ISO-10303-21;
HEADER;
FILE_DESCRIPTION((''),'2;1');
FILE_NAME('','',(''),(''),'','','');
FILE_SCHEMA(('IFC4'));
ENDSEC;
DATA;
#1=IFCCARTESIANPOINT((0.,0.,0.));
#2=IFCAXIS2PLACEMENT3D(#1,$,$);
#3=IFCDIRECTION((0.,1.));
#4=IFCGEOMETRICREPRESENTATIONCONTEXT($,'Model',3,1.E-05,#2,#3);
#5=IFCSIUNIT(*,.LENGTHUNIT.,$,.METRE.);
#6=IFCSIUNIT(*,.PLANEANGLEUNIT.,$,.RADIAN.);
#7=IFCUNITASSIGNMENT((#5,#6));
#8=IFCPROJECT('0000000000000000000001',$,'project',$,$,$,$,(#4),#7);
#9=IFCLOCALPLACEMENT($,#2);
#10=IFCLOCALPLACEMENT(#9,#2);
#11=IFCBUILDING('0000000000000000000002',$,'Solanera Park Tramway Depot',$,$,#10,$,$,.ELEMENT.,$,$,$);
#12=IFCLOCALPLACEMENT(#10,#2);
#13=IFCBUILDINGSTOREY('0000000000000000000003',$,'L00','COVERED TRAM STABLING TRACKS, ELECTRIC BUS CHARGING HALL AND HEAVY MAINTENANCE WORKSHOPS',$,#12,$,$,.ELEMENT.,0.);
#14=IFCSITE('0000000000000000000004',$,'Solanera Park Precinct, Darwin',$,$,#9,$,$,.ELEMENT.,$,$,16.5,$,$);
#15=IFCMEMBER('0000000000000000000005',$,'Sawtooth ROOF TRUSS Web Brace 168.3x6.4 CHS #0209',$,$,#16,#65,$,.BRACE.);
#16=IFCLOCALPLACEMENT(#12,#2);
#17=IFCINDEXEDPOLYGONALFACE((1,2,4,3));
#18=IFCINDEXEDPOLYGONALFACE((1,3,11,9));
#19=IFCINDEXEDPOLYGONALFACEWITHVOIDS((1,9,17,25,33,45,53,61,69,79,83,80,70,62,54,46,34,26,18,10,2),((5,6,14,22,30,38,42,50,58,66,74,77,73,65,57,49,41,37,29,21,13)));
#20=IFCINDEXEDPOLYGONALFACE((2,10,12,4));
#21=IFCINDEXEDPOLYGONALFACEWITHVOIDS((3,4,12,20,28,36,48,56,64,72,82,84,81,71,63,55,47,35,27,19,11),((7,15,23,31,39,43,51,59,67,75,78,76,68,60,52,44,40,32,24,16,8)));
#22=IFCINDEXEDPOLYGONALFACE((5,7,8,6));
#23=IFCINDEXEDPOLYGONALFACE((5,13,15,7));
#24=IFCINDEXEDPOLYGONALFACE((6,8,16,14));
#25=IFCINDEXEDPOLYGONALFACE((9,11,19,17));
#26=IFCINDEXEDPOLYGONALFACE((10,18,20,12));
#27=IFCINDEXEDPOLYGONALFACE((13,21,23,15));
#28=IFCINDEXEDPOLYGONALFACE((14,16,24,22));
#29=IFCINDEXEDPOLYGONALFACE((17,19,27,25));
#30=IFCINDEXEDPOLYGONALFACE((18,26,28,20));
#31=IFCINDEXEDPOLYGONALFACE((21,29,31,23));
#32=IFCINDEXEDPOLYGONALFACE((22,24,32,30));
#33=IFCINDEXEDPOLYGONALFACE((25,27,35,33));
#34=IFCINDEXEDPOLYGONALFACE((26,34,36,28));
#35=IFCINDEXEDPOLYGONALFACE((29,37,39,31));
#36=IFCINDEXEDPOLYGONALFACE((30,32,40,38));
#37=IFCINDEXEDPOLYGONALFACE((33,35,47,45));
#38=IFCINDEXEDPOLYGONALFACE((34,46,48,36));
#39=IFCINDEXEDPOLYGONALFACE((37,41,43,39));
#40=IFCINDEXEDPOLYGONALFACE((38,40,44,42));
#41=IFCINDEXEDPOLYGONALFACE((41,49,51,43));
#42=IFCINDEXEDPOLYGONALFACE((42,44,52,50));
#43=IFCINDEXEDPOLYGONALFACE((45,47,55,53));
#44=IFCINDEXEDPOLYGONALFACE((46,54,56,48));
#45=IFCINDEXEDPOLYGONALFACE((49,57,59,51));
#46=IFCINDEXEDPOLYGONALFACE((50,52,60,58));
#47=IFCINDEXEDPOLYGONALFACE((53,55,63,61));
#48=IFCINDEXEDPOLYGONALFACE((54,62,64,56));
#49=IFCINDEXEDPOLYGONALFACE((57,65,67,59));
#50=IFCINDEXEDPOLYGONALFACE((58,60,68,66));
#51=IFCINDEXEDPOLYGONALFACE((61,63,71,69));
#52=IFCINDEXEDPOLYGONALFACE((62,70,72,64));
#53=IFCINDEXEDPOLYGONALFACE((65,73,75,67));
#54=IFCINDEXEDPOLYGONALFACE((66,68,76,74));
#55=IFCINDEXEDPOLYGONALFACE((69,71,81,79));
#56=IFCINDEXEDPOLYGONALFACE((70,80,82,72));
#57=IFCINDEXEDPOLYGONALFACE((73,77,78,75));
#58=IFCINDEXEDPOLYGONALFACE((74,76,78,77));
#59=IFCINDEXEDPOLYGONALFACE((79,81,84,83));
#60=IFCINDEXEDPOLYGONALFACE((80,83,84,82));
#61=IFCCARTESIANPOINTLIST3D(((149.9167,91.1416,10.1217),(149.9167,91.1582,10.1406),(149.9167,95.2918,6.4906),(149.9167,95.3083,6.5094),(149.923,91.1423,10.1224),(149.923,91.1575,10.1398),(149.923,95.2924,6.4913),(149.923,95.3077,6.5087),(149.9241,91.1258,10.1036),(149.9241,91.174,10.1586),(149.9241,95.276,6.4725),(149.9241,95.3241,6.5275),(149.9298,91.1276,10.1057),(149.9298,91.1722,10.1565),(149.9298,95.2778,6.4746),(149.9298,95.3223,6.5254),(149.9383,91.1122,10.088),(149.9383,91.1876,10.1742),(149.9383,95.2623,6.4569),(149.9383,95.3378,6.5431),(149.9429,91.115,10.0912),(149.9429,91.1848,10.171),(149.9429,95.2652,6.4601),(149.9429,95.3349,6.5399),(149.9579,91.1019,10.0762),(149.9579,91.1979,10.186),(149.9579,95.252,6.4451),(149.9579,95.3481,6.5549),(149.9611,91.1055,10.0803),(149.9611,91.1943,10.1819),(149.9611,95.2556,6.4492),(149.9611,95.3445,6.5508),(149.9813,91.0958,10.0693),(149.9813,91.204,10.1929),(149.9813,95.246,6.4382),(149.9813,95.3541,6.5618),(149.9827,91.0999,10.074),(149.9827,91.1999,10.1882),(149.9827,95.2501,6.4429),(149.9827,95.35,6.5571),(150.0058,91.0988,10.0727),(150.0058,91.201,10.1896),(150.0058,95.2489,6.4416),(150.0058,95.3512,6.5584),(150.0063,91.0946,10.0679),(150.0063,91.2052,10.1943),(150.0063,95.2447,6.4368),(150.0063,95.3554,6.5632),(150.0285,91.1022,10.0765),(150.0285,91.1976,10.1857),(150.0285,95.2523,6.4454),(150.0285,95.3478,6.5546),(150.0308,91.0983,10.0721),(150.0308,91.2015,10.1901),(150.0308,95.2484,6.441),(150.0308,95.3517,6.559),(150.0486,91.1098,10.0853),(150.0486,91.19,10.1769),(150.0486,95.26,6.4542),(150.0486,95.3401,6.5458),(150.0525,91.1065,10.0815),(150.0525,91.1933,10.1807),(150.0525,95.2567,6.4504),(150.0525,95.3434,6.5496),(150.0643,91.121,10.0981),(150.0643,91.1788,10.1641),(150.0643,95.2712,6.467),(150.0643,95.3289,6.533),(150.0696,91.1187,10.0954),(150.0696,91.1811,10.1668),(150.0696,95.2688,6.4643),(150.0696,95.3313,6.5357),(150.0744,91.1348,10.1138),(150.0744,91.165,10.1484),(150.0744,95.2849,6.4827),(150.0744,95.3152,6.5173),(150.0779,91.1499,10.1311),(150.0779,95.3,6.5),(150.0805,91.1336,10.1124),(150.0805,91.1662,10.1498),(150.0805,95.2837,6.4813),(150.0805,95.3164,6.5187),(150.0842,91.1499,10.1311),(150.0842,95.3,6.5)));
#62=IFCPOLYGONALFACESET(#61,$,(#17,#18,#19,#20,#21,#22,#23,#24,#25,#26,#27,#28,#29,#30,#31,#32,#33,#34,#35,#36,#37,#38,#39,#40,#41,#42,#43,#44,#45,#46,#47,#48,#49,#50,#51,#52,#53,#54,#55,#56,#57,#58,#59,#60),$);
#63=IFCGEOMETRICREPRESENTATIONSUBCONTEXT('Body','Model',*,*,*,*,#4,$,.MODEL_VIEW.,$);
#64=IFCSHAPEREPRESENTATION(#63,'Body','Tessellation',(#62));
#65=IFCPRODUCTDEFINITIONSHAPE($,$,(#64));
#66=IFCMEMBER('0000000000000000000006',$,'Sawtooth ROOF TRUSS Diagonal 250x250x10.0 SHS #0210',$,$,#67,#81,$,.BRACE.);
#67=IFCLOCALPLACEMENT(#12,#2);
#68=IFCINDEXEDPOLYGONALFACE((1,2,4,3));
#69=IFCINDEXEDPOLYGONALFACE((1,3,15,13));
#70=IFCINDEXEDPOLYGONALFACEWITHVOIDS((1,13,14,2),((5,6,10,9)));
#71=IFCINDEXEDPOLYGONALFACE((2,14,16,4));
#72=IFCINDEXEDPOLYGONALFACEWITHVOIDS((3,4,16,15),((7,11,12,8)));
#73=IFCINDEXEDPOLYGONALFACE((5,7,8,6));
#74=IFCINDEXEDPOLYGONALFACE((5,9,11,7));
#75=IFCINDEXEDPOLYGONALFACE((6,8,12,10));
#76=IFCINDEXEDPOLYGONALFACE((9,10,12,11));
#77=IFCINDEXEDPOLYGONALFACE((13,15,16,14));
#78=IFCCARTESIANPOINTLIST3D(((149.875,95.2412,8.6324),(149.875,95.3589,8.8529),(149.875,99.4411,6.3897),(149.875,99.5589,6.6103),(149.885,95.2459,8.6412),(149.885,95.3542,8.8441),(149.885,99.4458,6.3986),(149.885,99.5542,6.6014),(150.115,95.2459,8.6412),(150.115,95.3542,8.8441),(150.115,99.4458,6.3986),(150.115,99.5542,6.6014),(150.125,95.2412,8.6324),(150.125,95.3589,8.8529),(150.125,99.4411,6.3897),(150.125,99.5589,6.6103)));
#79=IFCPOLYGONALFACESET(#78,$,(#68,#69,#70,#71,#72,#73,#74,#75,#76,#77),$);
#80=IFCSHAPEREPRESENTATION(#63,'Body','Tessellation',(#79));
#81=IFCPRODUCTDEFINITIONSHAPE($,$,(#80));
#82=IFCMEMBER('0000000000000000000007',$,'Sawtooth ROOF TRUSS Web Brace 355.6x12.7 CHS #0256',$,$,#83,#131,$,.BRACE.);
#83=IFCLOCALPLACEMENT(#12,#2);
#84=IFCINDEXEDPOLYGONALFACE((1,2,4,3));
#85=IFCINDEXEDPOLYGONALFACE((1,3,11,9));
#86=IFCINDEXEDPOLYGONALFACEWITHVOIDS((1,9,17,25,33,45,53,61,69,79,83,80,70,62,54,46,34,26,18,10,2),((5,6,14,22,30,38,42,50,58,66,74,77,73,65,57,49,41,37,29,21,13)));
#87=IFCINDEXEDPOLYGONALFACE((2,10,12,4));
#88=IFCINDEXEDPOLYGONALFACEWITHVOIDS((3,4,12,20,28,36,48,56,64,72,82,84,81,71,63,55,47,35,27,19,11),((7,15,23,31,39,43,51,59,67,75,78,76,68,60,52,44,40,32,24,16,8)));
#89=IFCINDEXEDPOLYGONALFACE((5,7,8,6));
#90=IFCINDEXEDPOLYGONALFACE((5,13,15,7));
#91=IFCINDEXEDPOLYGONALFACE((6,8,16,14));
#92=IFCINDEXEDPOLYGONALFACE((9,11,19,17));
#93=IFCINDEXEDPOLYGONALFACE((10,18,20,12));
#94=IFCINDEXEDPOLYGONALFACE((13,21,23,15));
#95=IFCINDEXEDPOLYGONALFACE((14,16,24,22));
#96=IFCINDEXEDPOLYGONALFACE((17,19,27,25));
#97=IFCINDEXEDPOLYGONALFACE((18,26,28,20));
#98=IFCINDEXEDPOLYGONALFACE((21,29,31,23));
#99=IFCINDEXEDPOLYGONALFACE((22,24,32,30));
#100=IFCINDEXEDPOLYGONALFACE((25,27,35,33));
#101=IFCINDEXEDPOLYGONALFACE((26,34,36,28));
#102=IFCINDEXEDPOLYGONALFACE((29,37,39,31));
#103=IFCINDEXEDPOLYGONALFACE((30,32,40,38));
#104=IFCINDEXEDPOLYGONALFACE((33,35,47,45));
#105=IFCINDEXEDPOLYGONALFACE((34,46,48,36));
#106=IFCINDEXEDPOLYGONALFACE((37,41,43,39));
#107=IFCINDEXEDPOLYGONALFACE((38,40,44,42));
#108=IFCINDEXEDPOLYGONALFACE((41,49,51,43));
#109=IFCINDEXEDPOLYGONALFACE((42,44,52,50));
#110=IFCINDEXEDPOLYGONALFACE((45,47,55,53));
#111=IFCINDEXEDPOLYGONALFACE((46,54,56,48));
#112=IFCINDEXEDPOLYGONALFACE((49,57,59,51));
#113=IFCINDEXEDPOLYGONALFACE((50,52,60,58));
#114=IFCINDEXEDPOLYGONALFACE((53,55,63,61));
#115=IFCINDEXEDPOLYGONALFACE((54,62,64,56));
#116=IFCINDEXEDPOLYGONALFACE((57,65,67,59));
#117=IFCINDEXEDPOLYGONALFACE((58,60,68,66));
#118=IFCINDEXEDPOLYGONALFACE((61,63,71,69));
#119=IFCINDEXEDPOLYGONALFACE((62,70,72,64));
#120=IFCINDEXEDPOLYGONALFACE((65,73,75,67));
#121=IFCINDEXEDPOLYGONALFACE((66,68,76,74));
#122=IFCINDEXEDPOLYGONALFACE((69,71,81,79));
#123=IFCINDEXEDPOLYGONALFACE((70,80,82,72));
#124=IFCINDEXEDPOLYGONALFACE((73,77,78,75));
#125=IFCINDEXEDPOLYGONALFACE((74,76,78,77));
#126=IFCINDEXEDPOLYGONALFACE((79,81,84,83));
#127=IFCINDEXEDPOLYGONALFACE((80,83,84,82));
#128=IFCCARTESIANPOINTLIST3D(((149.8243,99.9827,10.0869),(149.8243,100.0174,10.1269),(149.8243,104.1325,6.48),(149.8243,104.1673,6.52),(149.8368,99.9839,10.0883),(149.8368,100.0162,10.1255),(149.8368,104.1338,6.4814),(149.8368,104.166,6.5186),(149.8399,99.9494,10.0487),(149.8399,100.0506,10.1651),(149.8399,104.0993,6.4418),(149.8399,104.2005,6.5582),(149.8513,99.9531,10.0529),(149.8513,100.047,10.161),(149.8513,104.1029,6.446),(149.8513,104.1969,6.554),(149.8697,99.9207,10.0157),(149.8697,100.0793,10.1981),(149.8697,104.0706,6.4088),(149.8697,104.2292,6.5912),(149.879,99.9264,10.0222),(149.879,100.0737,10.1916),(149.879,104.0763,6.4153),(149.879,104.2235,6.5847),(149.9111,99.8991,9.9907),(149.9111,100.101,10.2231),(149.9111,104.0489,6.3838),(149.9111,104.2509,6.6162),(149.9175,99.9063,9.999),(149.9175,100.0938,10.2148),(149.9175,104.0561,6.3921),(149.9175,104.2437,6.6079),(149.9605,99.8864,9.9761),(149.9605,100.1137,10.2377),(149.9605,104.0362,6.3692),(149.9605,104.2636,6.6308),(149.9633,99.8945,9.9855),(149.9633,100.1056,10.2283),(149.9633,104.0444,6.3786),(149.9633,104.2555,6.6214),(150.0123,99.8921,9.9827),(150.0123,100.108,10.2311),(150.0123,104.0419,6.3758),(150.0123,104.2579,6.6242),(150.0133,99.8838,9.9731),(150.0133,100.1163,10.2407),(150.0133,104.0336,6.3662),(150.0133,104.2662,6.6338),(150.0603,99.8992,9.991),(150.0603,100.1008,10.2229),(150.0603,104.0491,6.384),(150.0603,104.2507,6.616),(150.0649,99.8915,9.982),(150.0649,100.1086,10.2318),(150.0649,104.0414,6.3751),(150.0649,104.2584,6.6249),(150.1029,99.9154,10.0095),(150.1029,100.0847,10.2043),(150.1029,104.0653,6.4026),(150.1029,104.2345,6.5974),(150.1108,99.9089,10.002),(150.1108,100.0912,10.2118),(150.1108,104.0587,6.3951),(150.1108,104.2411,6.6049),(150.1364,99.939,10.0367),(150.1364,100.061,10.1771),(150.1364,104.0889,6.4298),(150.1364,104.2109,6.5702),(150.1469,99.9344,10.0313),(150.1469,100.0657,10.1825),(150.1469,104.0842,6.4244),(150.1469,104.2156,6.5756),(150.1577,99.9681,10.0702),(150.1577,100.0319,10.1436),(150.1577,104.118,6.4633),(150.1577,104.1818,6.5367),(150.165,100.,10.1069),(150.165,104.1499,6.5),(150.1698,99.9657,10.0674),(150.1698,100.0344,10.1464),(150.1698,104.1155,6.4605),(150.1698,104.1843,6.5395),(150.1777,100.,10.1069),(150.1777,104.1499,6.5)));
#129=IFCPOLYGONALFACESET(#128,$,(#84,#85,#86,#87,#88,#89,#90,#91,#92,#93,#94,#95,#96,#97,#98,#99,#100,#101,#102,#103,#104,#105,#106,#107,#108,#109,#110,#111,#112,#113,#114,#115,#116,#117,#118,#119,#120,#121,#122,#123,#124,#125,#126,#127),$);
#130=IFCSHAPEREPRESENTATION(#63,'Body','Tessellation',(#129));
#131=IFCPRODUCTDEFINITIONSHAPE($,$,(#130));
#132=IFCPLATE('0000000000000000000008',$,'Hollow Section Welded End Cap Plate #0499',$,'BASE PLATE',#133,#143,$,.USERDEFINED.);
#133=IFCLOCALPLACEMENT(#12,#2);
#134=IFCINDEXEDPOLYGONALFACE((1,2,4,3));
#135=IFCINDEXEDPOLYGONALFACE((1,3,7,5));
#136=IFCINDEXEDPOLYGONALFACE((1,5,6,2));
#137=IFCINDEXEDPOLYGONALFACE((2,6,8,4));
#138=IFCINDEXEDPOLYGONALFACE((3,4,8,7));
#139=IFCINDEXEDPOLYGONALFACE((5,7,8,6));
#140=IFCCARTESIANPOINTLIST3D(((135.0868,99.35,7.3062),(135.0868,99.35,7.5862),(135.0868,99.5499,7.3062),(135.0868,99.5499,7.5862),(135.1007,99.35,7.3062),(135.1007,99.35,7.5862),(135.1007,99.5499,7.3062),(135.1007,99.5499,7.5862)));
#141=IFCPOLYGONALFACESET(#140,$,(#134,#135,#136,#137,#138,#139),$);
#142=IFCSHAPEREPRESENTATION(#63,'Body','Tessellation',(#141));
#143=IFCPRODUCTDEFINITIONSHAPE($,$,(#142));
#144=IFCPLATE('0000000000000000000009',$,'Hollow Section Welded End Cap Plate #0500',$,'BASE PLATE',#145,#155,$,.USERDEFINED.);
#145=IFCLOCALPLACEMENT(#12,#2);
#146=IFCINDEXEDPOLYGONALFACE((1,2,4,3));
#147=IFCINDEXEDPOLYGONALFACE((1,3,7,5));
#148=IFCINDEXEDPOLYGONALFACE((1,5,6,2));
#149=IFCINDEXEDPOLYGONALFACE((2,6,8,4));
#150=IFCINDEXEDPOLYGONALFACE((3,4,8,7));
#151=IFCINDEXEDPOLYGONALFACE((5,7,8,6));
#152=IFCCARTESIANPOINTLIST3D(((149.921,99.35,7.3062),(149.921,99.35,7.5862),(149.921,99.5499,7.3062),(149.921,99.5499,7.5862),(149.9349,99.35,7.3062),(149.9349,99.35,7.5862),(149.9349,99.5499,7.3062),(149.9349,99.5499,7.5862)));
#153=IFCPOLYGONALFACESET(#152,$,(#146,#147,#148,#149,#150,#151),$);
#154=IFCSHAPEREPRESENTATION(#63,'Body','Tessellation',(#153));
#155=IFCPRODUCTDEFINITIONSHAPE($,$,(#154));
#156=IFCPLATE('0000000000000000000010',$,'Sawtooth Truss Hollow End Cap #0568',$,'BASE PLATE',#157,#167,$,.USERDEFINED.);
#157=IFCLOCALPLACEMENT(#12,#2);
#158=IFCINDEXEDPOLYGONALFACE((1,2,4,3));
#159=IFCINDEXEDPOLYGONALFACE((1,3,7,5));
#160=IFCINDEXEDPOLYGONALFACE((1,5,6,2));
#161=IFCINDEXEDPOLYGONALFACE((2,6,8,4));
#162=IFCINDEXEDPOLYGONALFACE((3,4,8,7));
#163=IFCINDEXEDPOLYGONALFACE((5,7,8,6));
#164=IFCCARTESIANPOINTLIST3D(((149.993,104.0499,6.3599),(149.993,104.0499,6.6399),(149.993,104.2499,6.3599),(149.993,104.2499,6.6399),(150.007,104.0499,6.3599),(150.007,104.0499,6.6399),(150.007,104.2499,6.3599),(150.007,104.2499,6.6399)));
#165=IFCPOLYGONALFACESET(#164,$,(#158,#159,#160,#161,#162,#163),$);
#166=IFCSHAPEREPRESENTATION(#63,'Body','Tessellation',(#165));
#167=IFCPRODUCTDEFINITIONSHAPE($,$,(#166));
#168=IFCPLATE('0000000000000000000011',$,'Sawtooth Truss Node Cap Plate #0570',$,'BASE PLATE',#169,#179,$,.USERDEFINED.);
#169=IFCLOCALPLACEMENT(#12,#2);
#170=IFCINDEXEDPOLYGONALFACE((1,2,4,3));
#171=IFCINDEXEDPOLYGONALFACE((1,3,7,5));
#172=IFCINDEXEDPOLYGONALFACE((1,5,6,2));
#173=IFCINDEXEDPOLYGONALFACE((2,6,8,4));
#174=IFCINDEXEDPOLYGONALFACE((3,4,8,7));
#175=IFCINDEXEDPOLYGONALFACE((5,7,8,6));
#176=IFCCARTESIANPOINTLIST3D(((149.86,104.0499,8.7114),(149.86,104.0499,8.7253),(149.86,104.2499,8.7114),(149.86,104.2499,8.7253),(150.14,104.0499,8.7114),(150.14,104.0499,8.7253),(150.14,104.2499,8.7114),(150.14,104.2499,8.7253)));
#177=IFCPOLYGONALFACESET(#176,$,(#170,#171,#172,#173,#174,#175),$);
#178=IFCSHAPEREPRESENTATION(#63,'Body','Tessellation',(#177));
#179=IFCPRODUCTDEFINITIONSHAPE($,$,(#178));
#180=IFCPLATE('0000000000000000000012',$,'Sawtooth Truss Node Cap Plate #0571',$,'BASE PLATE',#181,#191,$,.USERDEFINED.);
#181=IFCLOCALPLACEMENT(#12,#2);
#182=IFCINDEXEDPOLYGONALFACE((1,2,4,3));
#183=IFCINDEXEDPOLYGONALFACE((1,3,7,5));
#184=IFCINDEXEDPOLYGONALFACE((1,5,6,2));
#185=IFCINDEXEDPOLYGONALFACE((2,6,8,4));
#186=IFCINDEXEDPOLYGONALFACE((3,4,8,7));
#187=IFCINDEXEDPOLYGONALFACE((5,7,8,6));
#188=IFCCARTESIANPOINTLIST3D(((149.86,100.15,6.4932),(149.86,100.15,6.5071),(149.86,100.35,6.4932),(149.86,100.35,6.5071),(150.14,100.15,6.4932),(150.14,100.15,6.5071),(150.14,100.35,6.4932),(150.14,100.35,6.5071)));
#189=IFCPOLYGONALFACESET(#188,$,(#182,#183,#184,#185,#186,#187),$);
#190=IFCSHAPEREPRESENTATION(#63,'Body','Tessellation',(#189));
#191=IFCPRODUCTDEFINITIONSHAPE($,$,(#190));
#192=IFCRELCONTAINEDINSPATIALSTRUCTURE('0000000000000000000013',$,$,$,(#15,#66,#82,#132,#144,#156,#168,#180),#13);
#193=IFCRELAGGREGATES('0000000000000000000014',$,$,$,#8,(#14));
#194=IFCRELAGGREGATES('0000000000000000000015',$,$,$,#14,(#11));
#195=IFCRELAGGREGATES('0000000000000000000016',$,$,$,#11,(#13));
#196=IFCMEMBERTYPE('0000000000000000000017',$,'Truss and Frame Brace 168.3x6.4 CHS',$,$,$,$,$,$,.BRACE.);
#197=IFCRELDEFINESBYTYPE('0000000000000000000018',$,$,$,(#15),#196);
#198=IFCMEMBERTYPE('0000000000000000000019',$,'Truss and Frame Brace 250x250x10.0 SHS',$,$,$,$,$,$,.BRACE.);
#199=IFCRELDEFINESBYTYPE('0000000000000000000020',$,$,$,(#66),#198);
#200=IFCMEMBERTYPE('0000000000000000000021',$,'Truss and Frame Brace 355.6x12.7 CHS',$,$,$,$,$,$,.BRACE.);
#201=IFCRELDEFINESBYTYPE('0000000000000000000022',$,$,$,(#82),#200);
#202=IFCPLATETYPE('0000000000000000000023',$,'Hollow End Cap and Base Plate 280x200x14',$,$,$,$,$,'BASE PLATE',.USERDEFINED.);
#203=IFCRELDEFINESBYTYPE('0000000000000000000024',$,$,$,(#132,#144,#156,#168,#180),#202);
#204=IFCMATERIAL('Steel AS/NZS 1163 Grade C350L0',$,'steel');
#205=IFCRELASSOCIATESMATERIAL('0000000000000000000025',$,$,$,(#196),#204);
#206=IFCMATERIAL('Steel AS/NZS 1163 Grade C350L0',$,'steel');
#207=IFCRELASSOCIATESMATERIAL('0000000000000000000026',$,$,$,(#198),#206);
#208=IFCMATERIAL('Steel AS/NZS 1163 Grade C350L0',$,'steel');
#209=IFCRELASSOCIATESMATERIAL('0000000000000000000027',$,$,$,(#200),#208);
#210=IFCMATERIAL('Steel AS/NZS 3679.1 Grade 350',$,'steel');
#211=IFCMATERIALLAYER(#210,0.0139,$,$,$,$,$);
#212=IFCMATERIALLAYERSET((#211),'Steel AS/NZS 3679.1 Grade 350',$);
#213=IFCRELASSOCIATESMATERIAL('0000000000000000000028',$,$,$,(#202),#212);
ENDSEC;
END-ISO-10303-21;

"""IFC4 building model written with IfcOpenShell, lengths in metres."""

from ifc_helpers import new_model, si_unit, direction, frame, origin, origin_2d, place, context, subcontext, project, spatial, rectangle, hollow_rectangle, hollow_circle, extrude, material, layer, layer_set, material_profile, profile_set, type_object, element, save


model = new_model("IFC4")

# Units and contexts
model_context = context("Model", 3, precision=1e-05, world=origin(), true_north=direction((0.0, 1.0)))
body_context = subcontext(model_context, "Body", "Model", "MODEL_VIEW")
ifc_project = project(units=[si_unit("LENGTHUNIT", "METRE"), si_unit("PLANEANGLEUNIT", "RADIAN")], contexts=[model_context])

# Site, building, storey
site_placement = place(None, origin())
site = spatial("IfcSite", under=ifc_project, at=site_placement, Name="Solanera Park Precinct, Darwin", CompositionType="ELEMENT", RefElevation=16.5)
building_placement = place(site_placement, origin())
building = spatial("IfcBuilding", under=site, at=building_placement, Name="Solanera Park Tramway Depot", CompositionType="ELEMENT")
storey_placement = place(building_placement, origin())
storey = spatial("IfcBuildingStorey", under=building, at=storey_placement, Name="L00", Description="COVERED TRAM STABLING TRACKS, ELECTRIC BUS CHARGING HALL AND HEAVY MAINTENANCE WORKSHOPS", CompositionType="ELEMENT", Elevation=0.0)

# Members
ifc_material_1 = material(Name="Steel AS/NZS 1163 Grade C350L0", Category="steel")
ifc_material_profile_1 = material_profile(ifc_material_1, hollow_circle(Radius=0.0842, WallThickness=0.0063, at=origin_2d()), Name="168.3x6.4 CHS")
ifc_profile_set_1 = profile_set([ifc_material_profile_1], Name="Steel AS/NZS 1163 Grade C350L0")
member_type_1 = type_object("IfcMemberType", Name="Truss and Frame Brace 168.3x6.4 CHS", PredefinedType="BRACE", material=ifc_profile_set_1)
member_1_placement = place(storey_placement, frame((150.0, 95.3, 6.5), z_axis=(0.0, -0.752601, 0.658476), x_axis=(1.0, 0.0, 0.0)))
element("IfcMember", 1, at=member_1_placement, inside=storey, type_object=member_type_1, Name="Sawtooth ROOF TRUSS Web Brace 168.3x6.4 CHS #0209", PredefinedType="BRACE", context=body_context, shape_type="SweptSolid", body=[
    extrude(hollow_circle(Radius=0.0842, WallThickness=0.0063, at=origin_2d()), origin(), (0.0, 0.0, 1.0), 5.5144),
])
ifc_material_2 = material(Name="Steel AS/NZS 1163 Grade C350L0", Category="steel")
ifc_material_profile_2 = material_profile(ifc_material_2, hollow_rectangle(XDim=0.25, YDim=0.25, WallThickness=0.01, at=origin_2d()), Name="250x250x10.0 SHS")
ifc_profile_set_2 = profile_set([ifc_material_profile_2], Name="Steel AS/NZS 1163 Grade C350L0")
member_type_2 = type_object("IfcMemberType", Name="Truss and Frame Brace 250x250x10.0 SHS", PredefinedType="BRACE", material=ifc_profile_set_2)
member_2_placement = place(storey_placement, frame((150.0, 99.5, 6.5), z_axis=(0.0, -0.882117, 0.47103), x_axis=(1.0, 0.0, 0.0)))
element("IfcMember", 2, at=member_2_placement, inside=storey, type_object=member_type_2, Name="Sawtooth ROOF TRUSS Diagonal 250x250x10.0 SHS #0210", PredefinedType="BRACE", context=body_context, shape_type="SweptSolid", body=[
    extrude(hollow_rectangle(XDim=0.25, YDim=0.25, WallThickness=0.01, at=origin_2d()), origin(), (0.0, 0.0, 1.0), 4.7612),
])
ifc_material_3 = material(Name="Steel AS/NZS 1163 Grade C350L0", Category="steel")
ifc_material_profile_3 = material_profile(ifc_material_3, hollow_circle(Radius=0.1777, WallThickness=0.0127, at=origin_2d()), Name="355.6x12.7 CHS")
ifc_profile_set_3 = profile_set([ifc_material_profile_3], Name="Steel AS/NZS 1163 Grade C350L0")
member_type_3 = type_object("IfcMemberType", Name="Truss and Frame Brace 355.6x12.7 CHS", PredefinedType="BRACE", material=ifc_profile_set_3)
member_3_placement = place(storey_placement, frame((150.0, 104.1499, 6.5), z_axis=(0.0, -0.754757, 0.656005), x_axis=(1.0, 0.0, 0.0)))
element("IfcMember", 3, at=member_3_placement, inside=storey, type_object=member_type_3, Name="Sawtooth ROOF TRUSS Web Brace 355.6x12.7 CHS #0256", PredefinedType="BRACE", context=body_context, shape_type="SweptSolid", body=[
    extrude(hollow_circle(Radius=0.1777, WallThickness=0.0127, at=origin_2d()), origin(), (0.0, 0.0, 1.0), 5.4983),
])

# Plates
ifc_material_4 = material(Name="Steel AS/NZS 3679.1 Grade 350", Category="steel")
ifc_layer_1 = layer(ifc_material_4, 0.0139)
ifc_layer_set_1 = layer_set([ifc_layer_1], Name="Steel AS/NZS 3679.1 Grade 350")
plate_type_1 = type_object("IfcPlateType", Name="Hollow End Cap and Base Plate 280x200x14", ElementType="BASE PLATE", PredefinedType="USERDEFINED", material=ifc_layer_set_1)
for number, where, z_axis, x_axis, name in (
    (4, (135.0938, 99.45, 7.3062), (0.0, 0.0, 1.0), (1.0, 0.0, 0.0), "Hollow Section Welded End Cap Plate #0499"),
    (5, (149.928, 99.45, 7.3062), (0.0, 0.0, 1.0), (1.0, 0.0, 0.0), "Hollow Section Welded End Cap Plate #0500"),
    (6, (150.0, 104.1499, 6.3599), (0.0, 0.0, 1.0), (1.0, 0.0, 0.0), "Sawtooth Truss Hollow End Cap #0568"),
):
    element("IfcPlate", number, at=place(storey_placement, frame(where, z_axis=z_axis, x_axis=x_axis)), inside=storey, type_object=plate_type_1, Name=name, ObjectType="BASE PLATE", PredefinedType="USERDEFINED", context=body_context, shape_type="SweptSolid", body=[
        extrude(rectangle(XDim=0.0139, YDim=0.2, at=origin_2d()), origin(), (0.0, 0.0, 1.0), 0.28),
    ])
for number, where, z_axis, x_axis, name in (
    (7, (150.0, 104.1499, 8.7114), (0.0, 0.0, 1.0), (1.0, 0.0, 0.0), "Sawtooth Truss Node Cap Plate #0570"),
    (8, (150.0, 100.25, 6.4932), (0.0, 0.0, 1.0), (1.0, 0.0, 0.0), "Sawtooth Truss Node Cap Plate #0571"),
):
    element("IfcPlate", number, at=place(storey_placement, frame(where, z_axis=z_axis, x_axis=x_axis)), inside=storey, type_object=plate_type_1, Name=name, ObjectType="BASE PLATE", PredefinedType="USERDEFINED", context=body_context, shape_type="SweptSolid", body=[
        extrude(rectangle(XDim=0.28, YDim=0.2, at=origin_2d()), origin(), (0.0, 0.0, 1.0), 0.0139),
    ])

save(model, "model.ifc")
